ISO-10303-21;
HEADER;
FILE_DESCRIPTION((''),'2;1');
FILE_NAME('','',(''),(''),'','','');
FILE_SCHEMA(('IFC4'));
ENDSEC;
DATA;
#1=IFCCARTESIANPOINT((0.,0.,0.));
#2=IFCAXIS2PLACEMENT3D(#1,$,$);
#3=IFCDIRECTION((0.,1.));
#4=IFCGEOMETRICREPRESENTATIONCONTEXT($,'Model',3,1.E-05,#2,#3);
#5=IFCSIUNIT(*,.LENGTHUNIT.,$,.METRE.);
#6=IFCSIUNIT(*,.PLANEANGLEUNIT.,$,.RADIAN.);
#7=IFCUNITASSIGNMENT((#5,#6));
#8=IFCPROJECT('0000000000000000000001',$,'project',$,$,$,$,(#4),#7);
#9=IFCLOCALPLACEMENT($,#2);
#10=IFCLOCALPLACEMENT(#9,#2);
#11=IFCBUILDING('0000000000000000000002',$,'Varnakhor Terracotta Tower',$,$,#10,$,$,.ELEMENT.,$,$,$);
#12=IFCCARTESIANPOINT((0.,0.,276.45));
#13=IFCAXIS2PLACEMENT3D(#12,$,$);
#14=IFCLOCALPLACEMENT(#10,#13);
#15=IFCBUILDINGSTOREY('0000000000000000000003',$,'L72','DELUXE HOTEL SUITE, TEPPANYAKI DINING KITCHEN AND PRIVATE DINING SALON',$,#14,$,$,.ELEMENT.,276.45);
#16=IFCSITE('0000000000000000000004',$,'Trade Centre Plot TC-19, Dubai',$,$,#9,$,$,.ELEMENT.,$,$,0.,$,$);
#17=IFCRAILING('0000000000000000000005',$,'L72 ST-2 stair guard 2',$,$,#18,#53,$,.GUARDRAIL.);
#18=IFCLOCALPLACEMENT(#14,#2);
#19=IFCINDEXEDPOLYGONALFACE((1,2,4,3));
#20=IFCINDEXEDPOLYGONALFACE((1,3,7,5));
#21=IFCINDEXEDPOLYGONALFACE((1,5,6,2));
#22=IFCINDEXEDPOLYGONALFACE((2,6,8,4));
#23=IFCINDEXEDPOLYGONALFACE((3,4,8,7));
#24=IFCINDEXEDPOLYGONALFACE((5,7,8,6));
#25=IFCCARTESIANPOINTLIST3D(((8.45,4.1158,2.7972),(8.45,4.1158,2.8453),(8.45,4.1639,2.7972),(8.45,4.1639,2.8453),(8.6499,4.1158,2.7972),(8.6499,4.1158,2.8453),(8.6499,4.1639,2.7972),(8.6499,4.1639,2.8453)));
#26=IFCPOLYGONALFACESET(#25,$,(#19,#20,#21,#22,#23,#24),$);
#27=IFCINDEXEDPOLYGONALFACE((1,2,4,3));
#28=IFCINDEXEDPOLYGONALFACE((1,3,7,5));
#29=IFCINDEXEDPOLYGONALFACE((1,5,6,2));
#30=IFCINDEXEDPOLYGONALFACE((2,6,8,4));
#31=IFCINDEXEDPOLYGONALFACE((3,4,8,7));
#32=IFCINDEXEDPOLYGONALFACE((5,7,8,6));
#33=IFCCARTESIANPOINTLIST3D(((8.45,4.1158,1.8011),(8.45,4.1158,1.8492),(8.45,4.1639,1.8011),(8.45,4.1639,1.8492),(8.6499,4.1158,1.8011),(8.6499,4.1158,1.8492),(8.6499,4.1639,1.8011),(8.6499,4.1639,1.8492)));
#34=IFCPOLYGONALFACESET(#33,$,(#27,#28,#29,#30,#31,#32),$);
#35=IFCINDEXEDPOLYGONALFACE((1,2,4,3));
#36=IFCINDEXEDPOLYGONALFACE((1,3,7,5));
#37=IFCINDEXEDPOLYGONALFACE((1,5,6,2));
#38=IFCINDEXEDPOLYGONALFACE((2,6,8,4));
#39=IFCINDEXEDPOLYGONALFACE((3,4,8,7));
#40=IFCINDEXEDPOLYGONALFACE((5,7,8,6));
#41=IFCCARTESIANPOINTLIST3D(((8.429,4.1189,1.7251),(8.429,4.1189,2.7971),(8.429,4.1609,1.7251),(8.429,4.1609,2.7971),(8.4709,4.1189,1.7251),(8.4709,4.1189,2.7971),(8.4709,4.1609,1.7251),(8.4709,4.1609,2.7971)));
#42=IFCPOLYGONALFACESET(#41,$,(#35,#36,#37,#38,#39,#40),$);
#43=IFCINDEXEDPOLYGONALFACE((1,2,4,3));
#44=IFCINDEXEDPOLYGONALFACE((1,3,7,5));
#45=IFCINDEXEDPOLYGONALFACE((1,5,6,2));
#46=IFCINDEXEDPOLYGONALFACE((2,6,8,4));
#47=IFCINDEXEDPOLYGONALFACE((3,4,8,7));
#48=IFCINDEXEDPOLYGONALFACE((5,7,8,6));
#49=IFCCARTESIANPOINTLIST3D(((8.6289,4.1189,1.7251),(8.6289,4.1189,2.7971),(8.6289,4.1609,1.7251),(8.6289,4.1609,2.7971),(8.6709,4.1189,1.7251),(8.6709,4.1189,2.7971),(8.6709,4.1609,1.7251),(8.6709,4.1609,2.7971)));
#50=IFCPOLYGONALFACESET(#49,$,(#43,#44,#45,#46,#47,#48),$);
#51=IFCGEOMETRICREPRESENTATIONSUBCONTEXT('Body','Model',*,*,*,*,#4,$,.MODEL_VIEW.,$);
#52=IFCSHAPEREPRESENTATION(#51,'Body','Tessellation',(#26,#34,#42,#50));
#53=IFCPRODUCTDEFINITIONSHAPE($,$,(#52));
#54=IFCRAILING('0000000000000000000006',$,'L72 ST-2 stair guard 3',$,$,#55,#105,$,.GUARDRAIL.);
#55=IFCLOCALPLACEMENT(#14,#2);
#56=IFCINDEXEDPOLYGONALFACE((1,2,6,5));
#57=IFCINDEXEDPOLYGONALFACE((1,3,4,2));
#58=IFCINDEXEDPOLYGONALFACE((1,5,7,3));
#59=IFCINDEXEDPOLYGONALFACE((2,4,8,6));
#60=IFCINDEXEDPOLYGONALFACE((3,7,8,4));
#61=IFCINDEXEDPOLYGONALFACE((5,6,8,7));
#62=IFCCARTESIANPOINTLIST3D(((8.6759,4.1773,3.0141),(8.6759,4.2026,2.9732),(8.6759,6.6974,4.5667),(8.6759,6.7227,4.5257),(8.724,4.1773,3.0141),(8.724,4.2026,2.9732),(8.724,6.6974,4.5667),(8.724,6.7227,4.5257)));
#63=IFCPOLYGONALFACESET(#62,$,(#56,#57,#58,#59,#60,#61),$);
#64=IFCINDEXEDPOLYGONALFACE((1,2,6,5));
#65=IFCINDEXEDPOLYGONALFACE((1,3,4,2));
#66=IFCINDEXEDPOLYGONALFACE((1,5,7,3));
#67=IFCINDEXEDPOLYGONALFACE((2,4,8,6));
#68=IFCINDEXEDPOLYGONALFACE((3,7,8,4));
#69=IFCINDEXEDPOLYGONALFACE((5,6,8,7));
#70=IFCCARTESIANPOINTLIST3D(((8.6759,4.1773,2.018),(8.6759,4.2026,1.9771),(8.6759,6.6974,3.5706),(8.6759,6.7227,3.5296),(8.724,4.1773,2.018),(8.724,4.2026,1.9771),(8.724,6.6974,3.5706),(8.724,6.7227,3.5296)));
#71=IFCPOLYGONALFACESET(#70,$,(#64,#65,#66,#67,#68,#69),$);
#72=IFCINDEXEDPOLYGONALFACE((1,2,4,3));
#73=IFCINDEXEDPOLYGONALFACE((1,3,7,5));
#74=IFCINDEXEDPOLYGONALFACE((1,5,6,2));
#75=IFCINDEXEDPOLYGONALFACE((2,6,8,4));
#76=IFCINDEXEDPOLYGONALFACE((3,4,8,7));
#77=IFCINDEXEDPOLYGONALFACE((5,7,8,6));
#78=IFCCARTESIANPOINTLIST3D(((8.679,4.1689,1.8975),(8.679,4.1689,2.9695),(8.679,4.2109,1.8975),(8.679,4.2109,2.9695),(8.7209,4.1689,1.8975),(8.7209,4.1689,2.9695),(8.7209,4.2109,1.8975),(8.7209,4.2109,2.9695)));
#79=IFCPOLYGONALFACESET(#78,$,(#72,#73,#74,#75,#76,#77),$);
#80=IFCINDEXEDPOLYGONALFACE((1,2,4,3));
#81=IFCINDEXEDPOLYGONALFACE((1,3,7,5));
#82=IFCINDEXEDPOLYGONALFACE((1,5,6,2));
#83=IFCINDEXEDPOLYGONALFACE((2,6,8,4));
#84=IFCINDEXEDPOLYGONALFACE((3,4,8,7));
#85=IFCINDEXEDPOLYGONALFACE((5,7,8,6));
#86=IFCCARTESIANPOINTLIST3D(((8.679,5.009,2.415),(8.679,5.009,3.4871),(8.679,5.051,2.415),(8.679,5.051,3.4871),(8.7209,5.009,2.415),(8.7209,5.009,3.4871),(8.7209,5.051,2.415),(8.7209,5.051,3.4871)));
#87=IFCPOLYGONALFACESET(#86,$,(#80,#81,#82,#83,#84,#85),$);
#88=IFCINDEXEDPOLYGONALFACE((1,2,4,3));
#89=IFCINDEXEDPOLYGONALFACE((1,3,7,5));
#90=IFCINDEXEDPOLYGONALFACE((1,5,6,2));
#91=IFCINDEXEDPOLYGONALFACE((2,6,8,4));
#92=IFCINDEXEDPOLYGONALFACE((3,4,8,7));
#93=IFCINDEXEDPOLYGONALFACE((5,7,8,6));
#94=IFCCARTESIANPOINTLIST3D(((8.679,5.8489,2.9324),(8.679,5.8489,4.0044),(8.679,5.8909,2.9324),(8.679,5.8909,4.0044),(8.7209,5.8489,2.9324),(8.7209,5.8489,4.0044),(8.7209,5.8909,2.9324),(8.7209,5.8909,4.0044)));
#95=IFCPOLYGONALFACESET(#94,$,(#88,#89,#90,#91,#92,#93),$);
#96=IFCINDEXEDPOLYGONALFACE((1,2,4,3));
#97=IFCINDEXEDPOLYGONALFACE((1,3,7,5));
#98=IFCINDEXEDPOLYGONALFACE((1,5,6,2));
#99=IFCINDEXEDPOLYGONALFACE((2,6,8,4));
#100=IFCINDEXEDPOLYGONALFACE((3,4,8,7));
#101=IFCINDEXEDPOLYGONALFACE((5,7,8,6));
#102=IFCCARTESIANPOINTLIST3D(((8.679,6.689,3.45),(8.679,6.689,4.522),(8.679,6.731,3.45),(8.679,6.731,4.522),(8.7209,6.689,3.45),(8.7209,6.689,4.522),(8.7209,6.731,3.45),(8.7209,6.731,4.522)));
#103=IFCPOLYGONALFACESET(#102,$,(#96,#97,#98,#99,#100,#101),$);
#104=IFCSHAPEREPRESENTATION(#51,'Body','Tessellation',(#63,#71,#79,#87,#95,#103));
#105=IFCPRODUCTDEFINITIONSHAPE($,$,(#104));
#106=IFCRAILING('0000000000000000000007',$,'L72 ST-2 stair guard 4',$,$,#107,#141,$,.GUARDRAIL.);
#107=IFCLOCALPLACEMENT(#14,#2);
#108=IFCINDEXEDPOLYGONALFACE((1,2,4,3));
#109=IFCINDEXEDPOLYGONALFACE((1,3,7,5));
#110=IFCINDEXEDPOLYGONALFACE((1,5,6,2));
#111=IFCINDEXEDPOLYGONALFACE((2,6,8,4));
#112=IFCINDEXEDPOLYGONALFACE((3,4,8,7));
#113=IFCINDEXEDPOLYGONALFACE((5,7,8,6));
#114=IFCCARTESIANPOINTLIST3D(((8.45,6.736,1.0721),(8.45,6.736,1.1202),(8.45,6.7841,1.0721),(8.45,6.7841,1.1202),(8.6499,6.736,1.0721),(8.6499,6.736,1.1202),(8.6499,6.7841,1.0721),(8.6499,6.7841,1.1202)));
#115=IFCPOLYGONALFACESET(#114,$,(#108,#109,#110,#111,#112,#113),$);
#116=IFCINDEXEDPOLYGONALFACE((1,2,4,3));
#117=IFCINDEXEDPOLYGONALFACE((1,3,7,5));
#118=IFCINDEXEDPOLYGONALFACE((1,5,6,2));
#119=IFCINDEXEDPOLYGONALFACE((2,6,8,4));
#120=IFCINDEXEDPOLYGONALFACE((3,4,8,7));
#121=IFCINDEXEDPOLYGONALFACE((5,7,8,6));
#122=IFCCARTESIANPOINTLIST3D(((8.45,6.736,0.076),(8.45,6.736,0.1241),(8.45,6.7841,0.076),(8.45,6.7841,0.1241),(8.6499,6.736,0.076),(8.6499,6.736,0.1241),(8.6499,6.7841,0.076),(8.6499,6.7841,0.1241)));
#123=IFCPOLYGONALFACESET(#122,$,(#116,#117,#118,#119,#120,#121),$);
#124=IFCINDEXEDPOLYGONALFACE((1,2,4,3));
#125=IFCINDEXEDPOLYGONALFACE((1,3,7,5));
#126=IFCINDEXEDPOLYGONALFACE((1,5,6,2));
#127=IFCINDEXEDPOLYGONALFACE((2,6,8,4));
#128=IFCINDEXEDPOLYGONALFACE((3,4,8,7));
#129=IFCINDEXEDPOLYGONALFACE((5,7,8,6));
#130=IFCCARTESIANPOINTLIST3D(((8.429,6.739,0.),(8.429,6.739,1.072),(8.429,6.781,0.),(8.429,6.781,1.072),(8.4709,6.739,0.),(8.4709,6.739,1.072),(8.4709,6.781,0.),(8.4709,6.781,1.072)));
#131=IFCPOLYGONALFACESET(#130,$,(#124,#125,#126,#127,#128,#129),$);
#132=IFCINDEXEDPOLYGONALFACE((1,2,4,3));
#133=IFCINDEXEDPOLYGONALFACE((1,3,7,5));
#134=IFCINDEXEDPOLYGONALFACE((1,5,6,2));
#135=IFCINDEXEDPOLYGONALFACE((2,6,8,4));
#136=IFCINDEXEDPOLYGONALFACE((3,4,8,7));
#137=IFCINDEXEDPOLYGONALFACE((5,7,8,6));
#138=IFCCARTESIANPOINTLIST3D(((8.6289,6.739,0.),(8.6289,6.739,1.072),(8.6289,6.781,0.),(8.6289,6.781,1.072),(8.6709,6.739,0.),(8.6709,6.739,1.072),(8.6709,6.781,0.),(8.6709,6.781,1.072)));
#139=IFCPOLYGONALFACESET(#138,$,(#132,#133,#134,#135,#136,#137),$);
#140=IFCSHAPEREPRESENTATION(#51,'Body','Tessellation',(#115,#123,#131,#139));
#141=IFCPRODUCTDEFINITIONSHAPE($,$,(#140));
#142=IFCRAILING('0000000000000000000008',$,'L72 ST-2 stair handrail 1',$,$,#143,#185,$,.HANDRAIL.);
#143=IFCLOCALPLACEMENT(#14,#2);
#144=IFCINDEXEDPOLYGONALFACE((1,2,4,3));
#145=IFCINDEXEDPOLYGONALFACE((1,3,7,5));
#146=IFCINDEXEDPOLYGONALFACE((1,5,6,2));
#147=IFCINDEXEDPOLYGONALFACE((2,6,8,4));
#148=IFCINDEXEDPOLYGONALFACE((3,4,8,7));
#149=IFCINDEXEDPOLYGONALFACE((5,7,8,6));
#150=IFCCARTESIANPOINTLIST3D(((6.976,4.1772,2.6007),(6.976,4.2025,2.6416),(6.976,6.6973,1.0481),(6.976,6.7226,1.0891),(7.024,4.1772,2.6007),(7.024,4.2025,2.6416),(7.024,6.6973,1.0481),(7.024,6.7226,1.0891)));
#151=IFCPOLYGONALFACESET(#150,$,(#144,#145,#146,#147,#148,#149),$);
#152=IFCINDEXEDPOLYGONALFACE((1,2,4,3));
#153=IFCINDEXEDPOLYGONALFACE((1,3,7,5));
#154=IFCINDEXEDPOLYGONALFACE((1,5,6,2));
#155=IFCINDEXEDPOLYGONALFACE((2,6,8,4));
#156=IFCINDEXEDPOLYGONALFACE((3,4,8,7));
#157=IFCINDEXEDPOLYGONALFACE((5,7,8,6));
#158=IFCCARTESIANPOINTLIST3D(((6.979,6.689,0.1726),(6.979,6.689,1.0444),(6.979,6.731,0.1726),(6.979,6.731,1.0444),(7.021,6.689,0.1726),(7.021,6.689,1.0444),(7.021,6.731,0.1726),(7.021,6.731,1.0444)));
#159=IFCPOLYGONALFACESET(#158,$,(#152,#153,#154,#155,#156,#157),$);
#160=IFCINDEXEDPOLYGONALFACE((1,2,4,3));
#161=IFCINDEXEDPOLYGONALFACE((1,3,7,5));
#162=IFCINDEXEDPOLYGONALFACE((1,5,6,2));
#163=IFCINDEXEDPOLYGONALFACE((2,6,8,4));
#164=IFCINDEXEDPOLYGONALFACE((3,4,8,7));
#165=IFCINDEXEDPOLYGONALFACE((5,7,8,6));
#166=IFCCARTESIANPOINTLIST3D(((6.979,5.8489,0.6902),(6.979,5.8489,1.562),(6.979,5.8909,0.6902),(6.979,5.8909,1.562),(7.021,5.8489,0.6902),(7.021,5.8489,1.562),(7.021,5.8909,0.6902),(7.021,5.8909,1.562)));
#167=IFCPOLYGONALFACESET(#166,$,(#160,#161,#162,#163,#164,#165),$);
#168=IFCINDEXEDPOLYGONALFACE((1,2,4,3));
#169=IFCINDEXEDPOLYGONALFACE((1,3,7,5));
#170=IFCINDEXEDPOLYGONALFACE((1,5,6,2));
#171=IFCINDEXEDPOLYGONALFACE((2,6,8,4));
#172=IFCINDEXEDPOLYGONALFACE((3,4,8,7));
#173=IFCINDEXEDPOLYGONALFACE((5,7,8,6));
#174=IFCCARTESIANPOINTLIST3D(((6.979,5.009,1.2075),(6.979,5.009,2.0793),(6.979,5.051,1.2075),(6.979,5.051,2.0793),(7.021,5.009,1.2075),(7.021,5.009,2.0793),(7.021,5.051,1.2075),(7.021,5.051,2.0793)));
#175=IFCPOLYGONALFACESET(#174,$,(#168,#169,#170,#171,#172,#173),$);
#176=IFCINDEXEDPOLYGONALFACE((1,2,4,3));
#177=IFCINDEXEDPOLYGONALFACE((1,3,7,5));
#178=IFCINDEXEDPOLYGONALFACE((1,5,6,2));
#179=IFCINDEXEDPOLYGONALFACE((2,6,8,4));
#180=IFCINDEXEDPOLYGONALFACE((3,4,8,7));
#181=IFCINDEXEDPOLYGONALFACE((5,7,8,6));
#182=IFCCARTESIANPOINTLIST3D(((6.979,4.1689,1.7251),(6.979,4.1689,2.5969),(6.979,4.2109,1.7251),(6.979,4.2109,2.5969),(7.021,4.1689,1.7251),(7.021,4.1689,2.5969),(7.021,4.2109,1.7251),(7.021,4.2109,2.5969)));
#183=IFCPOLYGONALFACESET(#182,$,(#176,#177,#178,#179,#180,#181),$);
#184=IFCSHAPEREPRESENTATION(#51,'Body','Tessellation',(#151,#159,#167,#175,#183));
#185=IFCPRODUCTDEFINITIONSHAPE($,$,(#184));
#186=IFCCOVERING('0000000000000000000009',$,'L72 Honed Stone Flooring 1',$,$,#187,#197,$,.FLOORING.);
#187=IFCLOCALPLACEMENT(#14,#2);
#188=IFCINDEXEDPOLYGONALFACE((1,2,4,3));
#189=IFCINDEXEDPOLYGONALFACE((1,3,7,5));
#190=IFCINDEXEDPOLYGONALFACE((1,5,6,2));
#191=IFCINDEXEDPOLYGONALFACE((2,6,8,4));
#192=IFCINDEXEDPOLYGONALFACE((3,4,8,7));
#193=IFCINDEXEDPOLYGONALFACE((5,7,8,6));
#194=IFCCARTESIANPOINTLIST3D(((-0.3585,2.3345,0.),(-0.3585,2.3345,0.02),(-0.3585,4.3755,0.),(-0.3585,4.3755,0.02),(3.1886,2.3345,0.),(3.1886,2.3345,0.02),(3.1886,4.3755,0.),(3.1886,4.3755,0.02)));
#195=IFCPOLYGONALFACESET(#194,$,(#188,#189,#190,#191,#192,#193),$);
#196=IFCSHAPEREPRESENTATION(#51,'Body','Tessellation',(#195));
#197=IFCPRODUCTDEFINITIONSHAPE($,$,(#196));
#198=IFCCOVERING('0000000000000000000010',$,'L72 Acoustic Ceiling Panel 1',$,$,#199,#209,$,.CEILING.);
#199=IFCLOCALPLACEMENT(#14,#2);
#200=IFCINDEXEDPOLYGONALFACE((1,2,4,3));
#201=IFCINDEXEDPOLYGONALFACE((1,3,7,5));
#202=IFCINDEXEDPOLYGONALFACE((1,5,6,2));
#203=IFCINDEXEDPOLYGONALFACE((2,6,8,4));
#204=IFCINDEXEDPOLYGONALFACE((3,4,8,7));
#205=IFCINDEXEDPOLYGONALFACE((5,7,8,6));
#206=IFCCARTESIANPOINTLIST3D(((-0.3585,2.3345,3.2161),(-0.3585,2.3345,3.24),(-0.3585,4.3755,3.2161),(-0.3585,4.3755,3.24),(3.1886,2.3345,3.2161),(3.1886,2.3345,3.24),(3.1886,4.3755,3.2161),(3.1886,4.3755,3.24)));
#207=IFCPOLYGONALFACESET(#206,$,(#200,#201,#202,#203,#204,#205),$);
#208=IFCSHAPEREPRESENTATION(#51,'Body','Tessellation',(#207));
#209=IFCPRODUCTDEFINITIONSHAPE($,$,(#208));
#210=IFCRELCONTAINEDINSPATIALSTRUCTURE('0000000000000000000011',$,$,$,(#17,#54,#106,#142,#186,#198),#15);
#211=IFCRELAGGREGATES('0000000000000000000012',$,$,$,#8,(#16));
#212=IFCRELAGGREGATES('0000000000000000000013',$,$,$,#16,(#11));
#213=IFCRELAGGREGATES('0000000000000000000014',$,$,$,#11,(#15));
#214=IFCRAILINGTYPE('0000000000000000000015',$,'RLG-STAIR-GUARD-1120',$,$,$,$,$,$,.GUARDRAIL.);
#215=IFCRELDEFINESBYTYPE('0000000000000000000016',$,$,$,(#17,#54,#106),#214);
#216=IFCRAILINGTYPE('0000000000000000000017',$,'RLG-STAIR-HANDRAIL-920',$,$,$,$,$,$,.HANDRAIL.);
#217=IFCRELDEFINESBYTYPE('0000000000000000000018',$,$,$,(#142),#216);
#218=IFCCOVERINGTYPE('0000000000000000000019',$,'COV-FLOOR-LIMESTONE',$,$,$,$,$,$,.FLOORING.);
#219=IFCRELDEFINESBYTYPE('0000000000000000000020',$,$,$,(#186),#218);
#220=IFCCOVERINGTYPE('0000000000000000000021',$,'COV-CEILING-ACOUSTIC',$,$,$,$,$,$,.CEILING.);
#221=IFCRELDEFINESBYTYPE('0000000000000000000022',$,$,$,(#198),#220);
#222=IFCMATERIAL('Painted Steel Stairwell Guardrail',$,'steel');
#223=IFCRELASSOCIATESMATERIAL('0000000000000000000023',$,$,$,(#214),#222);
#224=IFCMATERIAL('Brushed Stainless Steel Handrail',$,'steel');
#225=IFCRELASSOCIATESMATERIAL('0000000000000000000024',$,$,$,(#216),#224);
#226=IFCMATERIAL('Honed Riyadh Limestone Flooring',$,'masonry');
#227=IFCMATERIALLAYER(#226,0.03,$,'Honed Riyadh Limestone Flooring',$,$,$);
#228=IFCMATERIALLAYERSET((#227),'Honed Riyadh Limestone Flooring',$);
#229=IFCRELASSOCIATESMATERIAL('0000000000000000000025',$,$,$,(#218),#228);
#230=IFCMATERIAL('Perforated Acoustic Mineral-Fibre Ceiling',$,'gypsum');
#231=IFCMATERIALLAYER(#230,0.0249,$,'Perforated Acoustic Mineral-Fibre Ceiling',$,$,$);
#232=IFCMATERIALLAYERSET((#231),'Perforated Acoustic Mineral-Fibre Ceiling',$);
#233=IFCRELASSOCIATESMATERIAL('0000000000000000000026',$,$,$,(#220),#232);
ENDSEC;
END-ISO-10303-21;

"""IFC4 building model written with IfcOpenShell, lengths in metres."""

from ifc_helpers import new_model, si_unit, direction, frame, origin, origin_2d, place, context, subcontext, project, spatial, rectangle, extrude, source, transform, mapped, material, layer, layer_set, type_object, element, save


model = new_model("IFC4")

# Units and contexts
model_context = context("Model", 3, precision=1e-05, world=origin(), true_north=direction((0.0, 1.0)))
body_context = subcontext(model_context, "Body", "Model", "MODEL_VIEW")
ifc_project = project(units=[si_unit("LENGTHUNIT", "METRE"), si_unit("PLANEANGLEUNIT", "RADIAN")], contexts=[model_context])

# Site, building, storey
site_placement = place(None, origin())
site = spatial("IfcSite", under=ifc_project, at=site_placement, Name="Trade Centre Plot TC-19, Dubai", CompositionType="ELEMENT", RefElevation=0.0)
building_placement = place(site_placement, origin())
building = spatial("IfcBuilding", under=site, at=building_placement, Name="Varnakhor Terracotta Tower", CompositionType="ELEMENT")
storey_placement = place(building_placement, frame((0.0, 0.0, 276.45)))
storey = spatial("IfcBuildingStorey", under=building, at=storey_placement, Name="L72", Description="DELUXE HOTEL SUITE, TEPPANYAKI DINING KITCHEN AND PRIVATE DINING SALON", CompositionType="ELEMENT", Elevation=276.45)

# Railings
ifc_material_1 = material(Name="Painted Steel Stairwell Guardrail", Category="steel")
railing_type_1 = type_object("IfcRailingType", Name="RLG-STAIR-GUARD-1120", PredefinedType="GUARDRAIL", material=ifc_material_1)
railing_1_placement = place(storey_placement, frame((8.45, 4.1399, 1.7251)))
element("IfcRailing", 1, at=railing_1_placement, inside=storey, type_object=railing_type_1, Name="L72 ST-2 stair guard 2", PredefinedType="GUARDRAIL", context=body_context, shape_type="SweptSolid", body=[
    extrude(rectangle(XDim=0.0481, YDim=0.0481, at=origin_2d()), frame((0.0, 0.0, 1.0962), z_axis=(1.0, 0.0, 0.0), x_axis=(0.0, 1.0, 0.0)), (0.0, 0.0, 1.0), 0.2),
    extrude(rectangle(XDim=0.0481, YDim=0.0481, at=origin_2d()), frame((0.0, 0.0, 0.1001), z_axis=(1.0, 0.0, 0.0), x_axis=(0.0, 1.0, 0.0)), (0.0, 0.0, 1.0), 0.2),
    extrude(rectangle(XDim=0.042, YDim=0.042, at=origin_2d()), origin(), (0.0, 0.0, 1.0), 1.072),
    extrude(rectangle(XDim=0.042, YDim=0.042, at=origin_2d()), frame((0.2, 0.0, 0.0)), (0.0, 0.0, 1.0), 1.072),
])
railing_2_placement = place(storey_placement, frame((8.7, 4.1899, 1.8975)))
element("IfcRailing", 2, at=railing_2_placement, inside=storey, type_object=railing_type_1, Name="L72 ST-2 stair guard 3", PredefinedType="GUARDRAIL", context=body_context, shape_type="SweptSolid", body=[
    extrude(rectangle(XDim=0.0481, YDim=0.0481, at=origin_2d()), frame((0.0, 0.0, 1.0962), z_axis=(0.0, 0.8514, 0.524516), x_axis=(-1.0, 0.0, 0.0)), (0.0, 0.0, 1.0), 2.96),
    extrude(rectangle(XDim=0.0481, YDim=0.0481, at=origin_2d()), frame((0.0, 0.0, 0.1001), z_axis=(0.0, 0.8514, 0.524516), x_axis=(-1.0, 0.0, 0.0)), (0.0, 0.0, 1.0), 2.96),
    extrude(rectangle(XDim=0.042, YDim=0.042, at=origin_2d()), origin(), (0.0, 0.0, 1.0), 1.072),
    extrude(rectangle(XDim=0.042, YDim=0.042, at=origin_2d()), frame((0.0, 0.8401, 0.5176)), (0.0, 0.0, 1.0), 1.072),
    extrude(rectangle(XDim=0.042, YDim=0.042, at=origin_2d()), frame((0.0, 1.6799, 1.0349)), (0.0, 0.0, 1.0), 1.072),
    extrude(rectangle(XDim=0.042, YDim=0.042, at=origin_2d()), frame((0.0, 2.52, 1.5525)), (0.0, 0.0, 1.0), 1.072),
])
railing_3_placement = place(storey_placement, frame((8.45, 6.76, 0.0)))
element("IfcRailing", 3, at=railing_3_placement, inside=storey, type_object=railing_type_1, Name="L72 ST-2 stair guard 4", PredefinedType="GUARDRAIL", context=body_context, shape_type="SweptSolid", body=[
    extrude(rectangle(XDim=0.0481, YDim=0.0481, at=origin_2d()), frame((0.0, 0.0, 1.0962), z_axis=(1.0, 0.0, 0.0), x_axis=(0.0, 1.0, 0.0)), (0.0, 0.0, 1.0), 0.2),
    extrude(rectangle(XDim=0.0481, YDim=0.0481, at=origin_2d()), frame((0.0, 0.0, 0.1001), z_axis=(1.0, 0.0, 0.0), x_axis=(0.0, 1.0, 0.0)), (0.0, 0.0, 1.0), 0.2),
    extrude(rectangle(XDim=0.042, YDim=0.042, at=origin_2d()), origin(), (0.0, 0.0, 1.0), 1.072),
    extrude(rectangle(XDim=0.042, YDim=0.042, at=origin_2d()), frame((0.2, 0.0, 0.0)), (0.0, 0.0, 1.0), 1.072),
])
ifc_material_2 = material(Name="Brushed Stainless Steel Handrail", Category="steel")
railing_type_2 = type_object("IfcRailingType", Name="RLG-STAIR-HANDRAIL-920", PredefinedType="HANDRAIL", material=ifc_material_2)
railing_4_placement = place(storey_placement, frame((7.0, 6.71, 0.1726)))
element("IfcRailing", 4, at=railing_4_placement, inside=storey, type_object=railing_type_2, Name="L72 ST-2 stair handrail 1", PredefinedType="HANDRAIL", context=body_context, shape_type="SweptSolid", body=[
    extrude(rectangle(XDim=0.0481, YDim=0.0481, at=origin_2d()), frame((0.0, 0.0, 0.896), z_axis=(0.0, -0.8514, 0.524516), x_axis=(1.0, 0.0, 0.0)), (0.0, 0.0, 1.0), 2.96),
    extrude(rectangle(XDim=0.042, YDim=0.042, at=origin_2d()), origin(), (0.0, 0.0, 1.0), 0.8718),
    extrude(rectangle(XDim=0.042, YDim=0.042, at=origin_2d()), frame((0.0, -0.8401, 0.5176)), (0.0, 0.0, 1.0), 0.8718),
    extrude(rectangle(XDim=0.042, YDim=0.042, at=origin_2d()), frame((0.0, -1.6799, 1.0349)), (0.0, 0.0, 1.0), 0.8718),
    extrude(rectangle(XDim=0.042, YDim=0.042, at=origin_2d()), frame((0.0, -2.52, 1.5525)), (0.0, 0.0, 1.0), 0.8718),
])

# Coverings
ifc_material_3 = material(Name="Honed Riyadh Limestone Flooring", Category="masonry")
ifc_layer_1 = layer(ifc_material_3, 0.03, Name="Honed Riyadh Limestone Flooring")
ifc_layer_set_1 = layer_set([ifc_layer_1], Name="Honed Riyadh Limestone Flooring")
covering_type_1 = type_object("IfcCoveringType", Name="COV-FLOOR-LIMESTONE", PredefinedType="FLOORING", material=ifc_layer_set_1)
shared_shape_1 = source(origin(), body_context, "Body", "SweptSolid", [
    extrude(rectangle(XDim=3.5471, YDim=2.041, at=origin_2d()), origin(), (0.0, 0.0, 1.0), 0.02),
])
covering_1_placement = place(storey_placement, frame((1.415, 3.355, 0.0), z_axis=(0.0, 0.0, 1.0), x_axis=(1.0, 0.0, 0.0)))
element("IfcCovering", 5, at=covering_1_placement, inside=storey, type_object=covering_type_1, Name="L72 Honed Stone Flooring 1", PredefinedType="FLOORING", context=body_context, shape_type="MappedRepresentation", body=[
    mapped(shared_shape_1, transform((0.0, 0.0, 0.0), scale=1.0)),
])
ifc_material_4 = material(Name="Perforated Acoustic Mineral-Fibre Ceiling", Category="gypsum")
ifc_layer_2 = layer(ifc_material_4, 0.0249, Name="Perforated Acoustic Mineral-Fibre Ceiling")
ifc_layer_set_2 = layer_set([ifc_layer_2], Name="Perforated Acoustic Mineral-Fibre Ceiling")
covering_type_2 = type_object("IfcCoveringType", Name="COV-CEILING-ACOUSTIC", PredefinedType="CEILING", material=ifc_layer_set_2)
shared_shape_2 = source(origin(), body_context, "Body", "SweptSolid", [
    extrude(rectangle(XDim=3.5471, YDim=2.041, at=origin_2d()), origin(), (0.0, 0.0, 1.0), 0.0239),
])
covering_2_placement = place(storey_placement, frame((1.415, 3.355, 3.2161), z_axis=(0.0, 0.0, 1.0), x_axis=(1.0, 0.0, 0.0)))
element("IfcCovering", 6, at=covering_2_placement, inside=storey, type_object=covering_type_2, Name="L72 Acoustic Ceiling Panel 1", PredefinedType="CEILING", context=body_context, shape_type="MappedRepresentation", body=[
    mapped(shared_shape_2, transform((0.0, 0.0, 0.0), scale=1.0)),
])

save(model, "model.ifc")
